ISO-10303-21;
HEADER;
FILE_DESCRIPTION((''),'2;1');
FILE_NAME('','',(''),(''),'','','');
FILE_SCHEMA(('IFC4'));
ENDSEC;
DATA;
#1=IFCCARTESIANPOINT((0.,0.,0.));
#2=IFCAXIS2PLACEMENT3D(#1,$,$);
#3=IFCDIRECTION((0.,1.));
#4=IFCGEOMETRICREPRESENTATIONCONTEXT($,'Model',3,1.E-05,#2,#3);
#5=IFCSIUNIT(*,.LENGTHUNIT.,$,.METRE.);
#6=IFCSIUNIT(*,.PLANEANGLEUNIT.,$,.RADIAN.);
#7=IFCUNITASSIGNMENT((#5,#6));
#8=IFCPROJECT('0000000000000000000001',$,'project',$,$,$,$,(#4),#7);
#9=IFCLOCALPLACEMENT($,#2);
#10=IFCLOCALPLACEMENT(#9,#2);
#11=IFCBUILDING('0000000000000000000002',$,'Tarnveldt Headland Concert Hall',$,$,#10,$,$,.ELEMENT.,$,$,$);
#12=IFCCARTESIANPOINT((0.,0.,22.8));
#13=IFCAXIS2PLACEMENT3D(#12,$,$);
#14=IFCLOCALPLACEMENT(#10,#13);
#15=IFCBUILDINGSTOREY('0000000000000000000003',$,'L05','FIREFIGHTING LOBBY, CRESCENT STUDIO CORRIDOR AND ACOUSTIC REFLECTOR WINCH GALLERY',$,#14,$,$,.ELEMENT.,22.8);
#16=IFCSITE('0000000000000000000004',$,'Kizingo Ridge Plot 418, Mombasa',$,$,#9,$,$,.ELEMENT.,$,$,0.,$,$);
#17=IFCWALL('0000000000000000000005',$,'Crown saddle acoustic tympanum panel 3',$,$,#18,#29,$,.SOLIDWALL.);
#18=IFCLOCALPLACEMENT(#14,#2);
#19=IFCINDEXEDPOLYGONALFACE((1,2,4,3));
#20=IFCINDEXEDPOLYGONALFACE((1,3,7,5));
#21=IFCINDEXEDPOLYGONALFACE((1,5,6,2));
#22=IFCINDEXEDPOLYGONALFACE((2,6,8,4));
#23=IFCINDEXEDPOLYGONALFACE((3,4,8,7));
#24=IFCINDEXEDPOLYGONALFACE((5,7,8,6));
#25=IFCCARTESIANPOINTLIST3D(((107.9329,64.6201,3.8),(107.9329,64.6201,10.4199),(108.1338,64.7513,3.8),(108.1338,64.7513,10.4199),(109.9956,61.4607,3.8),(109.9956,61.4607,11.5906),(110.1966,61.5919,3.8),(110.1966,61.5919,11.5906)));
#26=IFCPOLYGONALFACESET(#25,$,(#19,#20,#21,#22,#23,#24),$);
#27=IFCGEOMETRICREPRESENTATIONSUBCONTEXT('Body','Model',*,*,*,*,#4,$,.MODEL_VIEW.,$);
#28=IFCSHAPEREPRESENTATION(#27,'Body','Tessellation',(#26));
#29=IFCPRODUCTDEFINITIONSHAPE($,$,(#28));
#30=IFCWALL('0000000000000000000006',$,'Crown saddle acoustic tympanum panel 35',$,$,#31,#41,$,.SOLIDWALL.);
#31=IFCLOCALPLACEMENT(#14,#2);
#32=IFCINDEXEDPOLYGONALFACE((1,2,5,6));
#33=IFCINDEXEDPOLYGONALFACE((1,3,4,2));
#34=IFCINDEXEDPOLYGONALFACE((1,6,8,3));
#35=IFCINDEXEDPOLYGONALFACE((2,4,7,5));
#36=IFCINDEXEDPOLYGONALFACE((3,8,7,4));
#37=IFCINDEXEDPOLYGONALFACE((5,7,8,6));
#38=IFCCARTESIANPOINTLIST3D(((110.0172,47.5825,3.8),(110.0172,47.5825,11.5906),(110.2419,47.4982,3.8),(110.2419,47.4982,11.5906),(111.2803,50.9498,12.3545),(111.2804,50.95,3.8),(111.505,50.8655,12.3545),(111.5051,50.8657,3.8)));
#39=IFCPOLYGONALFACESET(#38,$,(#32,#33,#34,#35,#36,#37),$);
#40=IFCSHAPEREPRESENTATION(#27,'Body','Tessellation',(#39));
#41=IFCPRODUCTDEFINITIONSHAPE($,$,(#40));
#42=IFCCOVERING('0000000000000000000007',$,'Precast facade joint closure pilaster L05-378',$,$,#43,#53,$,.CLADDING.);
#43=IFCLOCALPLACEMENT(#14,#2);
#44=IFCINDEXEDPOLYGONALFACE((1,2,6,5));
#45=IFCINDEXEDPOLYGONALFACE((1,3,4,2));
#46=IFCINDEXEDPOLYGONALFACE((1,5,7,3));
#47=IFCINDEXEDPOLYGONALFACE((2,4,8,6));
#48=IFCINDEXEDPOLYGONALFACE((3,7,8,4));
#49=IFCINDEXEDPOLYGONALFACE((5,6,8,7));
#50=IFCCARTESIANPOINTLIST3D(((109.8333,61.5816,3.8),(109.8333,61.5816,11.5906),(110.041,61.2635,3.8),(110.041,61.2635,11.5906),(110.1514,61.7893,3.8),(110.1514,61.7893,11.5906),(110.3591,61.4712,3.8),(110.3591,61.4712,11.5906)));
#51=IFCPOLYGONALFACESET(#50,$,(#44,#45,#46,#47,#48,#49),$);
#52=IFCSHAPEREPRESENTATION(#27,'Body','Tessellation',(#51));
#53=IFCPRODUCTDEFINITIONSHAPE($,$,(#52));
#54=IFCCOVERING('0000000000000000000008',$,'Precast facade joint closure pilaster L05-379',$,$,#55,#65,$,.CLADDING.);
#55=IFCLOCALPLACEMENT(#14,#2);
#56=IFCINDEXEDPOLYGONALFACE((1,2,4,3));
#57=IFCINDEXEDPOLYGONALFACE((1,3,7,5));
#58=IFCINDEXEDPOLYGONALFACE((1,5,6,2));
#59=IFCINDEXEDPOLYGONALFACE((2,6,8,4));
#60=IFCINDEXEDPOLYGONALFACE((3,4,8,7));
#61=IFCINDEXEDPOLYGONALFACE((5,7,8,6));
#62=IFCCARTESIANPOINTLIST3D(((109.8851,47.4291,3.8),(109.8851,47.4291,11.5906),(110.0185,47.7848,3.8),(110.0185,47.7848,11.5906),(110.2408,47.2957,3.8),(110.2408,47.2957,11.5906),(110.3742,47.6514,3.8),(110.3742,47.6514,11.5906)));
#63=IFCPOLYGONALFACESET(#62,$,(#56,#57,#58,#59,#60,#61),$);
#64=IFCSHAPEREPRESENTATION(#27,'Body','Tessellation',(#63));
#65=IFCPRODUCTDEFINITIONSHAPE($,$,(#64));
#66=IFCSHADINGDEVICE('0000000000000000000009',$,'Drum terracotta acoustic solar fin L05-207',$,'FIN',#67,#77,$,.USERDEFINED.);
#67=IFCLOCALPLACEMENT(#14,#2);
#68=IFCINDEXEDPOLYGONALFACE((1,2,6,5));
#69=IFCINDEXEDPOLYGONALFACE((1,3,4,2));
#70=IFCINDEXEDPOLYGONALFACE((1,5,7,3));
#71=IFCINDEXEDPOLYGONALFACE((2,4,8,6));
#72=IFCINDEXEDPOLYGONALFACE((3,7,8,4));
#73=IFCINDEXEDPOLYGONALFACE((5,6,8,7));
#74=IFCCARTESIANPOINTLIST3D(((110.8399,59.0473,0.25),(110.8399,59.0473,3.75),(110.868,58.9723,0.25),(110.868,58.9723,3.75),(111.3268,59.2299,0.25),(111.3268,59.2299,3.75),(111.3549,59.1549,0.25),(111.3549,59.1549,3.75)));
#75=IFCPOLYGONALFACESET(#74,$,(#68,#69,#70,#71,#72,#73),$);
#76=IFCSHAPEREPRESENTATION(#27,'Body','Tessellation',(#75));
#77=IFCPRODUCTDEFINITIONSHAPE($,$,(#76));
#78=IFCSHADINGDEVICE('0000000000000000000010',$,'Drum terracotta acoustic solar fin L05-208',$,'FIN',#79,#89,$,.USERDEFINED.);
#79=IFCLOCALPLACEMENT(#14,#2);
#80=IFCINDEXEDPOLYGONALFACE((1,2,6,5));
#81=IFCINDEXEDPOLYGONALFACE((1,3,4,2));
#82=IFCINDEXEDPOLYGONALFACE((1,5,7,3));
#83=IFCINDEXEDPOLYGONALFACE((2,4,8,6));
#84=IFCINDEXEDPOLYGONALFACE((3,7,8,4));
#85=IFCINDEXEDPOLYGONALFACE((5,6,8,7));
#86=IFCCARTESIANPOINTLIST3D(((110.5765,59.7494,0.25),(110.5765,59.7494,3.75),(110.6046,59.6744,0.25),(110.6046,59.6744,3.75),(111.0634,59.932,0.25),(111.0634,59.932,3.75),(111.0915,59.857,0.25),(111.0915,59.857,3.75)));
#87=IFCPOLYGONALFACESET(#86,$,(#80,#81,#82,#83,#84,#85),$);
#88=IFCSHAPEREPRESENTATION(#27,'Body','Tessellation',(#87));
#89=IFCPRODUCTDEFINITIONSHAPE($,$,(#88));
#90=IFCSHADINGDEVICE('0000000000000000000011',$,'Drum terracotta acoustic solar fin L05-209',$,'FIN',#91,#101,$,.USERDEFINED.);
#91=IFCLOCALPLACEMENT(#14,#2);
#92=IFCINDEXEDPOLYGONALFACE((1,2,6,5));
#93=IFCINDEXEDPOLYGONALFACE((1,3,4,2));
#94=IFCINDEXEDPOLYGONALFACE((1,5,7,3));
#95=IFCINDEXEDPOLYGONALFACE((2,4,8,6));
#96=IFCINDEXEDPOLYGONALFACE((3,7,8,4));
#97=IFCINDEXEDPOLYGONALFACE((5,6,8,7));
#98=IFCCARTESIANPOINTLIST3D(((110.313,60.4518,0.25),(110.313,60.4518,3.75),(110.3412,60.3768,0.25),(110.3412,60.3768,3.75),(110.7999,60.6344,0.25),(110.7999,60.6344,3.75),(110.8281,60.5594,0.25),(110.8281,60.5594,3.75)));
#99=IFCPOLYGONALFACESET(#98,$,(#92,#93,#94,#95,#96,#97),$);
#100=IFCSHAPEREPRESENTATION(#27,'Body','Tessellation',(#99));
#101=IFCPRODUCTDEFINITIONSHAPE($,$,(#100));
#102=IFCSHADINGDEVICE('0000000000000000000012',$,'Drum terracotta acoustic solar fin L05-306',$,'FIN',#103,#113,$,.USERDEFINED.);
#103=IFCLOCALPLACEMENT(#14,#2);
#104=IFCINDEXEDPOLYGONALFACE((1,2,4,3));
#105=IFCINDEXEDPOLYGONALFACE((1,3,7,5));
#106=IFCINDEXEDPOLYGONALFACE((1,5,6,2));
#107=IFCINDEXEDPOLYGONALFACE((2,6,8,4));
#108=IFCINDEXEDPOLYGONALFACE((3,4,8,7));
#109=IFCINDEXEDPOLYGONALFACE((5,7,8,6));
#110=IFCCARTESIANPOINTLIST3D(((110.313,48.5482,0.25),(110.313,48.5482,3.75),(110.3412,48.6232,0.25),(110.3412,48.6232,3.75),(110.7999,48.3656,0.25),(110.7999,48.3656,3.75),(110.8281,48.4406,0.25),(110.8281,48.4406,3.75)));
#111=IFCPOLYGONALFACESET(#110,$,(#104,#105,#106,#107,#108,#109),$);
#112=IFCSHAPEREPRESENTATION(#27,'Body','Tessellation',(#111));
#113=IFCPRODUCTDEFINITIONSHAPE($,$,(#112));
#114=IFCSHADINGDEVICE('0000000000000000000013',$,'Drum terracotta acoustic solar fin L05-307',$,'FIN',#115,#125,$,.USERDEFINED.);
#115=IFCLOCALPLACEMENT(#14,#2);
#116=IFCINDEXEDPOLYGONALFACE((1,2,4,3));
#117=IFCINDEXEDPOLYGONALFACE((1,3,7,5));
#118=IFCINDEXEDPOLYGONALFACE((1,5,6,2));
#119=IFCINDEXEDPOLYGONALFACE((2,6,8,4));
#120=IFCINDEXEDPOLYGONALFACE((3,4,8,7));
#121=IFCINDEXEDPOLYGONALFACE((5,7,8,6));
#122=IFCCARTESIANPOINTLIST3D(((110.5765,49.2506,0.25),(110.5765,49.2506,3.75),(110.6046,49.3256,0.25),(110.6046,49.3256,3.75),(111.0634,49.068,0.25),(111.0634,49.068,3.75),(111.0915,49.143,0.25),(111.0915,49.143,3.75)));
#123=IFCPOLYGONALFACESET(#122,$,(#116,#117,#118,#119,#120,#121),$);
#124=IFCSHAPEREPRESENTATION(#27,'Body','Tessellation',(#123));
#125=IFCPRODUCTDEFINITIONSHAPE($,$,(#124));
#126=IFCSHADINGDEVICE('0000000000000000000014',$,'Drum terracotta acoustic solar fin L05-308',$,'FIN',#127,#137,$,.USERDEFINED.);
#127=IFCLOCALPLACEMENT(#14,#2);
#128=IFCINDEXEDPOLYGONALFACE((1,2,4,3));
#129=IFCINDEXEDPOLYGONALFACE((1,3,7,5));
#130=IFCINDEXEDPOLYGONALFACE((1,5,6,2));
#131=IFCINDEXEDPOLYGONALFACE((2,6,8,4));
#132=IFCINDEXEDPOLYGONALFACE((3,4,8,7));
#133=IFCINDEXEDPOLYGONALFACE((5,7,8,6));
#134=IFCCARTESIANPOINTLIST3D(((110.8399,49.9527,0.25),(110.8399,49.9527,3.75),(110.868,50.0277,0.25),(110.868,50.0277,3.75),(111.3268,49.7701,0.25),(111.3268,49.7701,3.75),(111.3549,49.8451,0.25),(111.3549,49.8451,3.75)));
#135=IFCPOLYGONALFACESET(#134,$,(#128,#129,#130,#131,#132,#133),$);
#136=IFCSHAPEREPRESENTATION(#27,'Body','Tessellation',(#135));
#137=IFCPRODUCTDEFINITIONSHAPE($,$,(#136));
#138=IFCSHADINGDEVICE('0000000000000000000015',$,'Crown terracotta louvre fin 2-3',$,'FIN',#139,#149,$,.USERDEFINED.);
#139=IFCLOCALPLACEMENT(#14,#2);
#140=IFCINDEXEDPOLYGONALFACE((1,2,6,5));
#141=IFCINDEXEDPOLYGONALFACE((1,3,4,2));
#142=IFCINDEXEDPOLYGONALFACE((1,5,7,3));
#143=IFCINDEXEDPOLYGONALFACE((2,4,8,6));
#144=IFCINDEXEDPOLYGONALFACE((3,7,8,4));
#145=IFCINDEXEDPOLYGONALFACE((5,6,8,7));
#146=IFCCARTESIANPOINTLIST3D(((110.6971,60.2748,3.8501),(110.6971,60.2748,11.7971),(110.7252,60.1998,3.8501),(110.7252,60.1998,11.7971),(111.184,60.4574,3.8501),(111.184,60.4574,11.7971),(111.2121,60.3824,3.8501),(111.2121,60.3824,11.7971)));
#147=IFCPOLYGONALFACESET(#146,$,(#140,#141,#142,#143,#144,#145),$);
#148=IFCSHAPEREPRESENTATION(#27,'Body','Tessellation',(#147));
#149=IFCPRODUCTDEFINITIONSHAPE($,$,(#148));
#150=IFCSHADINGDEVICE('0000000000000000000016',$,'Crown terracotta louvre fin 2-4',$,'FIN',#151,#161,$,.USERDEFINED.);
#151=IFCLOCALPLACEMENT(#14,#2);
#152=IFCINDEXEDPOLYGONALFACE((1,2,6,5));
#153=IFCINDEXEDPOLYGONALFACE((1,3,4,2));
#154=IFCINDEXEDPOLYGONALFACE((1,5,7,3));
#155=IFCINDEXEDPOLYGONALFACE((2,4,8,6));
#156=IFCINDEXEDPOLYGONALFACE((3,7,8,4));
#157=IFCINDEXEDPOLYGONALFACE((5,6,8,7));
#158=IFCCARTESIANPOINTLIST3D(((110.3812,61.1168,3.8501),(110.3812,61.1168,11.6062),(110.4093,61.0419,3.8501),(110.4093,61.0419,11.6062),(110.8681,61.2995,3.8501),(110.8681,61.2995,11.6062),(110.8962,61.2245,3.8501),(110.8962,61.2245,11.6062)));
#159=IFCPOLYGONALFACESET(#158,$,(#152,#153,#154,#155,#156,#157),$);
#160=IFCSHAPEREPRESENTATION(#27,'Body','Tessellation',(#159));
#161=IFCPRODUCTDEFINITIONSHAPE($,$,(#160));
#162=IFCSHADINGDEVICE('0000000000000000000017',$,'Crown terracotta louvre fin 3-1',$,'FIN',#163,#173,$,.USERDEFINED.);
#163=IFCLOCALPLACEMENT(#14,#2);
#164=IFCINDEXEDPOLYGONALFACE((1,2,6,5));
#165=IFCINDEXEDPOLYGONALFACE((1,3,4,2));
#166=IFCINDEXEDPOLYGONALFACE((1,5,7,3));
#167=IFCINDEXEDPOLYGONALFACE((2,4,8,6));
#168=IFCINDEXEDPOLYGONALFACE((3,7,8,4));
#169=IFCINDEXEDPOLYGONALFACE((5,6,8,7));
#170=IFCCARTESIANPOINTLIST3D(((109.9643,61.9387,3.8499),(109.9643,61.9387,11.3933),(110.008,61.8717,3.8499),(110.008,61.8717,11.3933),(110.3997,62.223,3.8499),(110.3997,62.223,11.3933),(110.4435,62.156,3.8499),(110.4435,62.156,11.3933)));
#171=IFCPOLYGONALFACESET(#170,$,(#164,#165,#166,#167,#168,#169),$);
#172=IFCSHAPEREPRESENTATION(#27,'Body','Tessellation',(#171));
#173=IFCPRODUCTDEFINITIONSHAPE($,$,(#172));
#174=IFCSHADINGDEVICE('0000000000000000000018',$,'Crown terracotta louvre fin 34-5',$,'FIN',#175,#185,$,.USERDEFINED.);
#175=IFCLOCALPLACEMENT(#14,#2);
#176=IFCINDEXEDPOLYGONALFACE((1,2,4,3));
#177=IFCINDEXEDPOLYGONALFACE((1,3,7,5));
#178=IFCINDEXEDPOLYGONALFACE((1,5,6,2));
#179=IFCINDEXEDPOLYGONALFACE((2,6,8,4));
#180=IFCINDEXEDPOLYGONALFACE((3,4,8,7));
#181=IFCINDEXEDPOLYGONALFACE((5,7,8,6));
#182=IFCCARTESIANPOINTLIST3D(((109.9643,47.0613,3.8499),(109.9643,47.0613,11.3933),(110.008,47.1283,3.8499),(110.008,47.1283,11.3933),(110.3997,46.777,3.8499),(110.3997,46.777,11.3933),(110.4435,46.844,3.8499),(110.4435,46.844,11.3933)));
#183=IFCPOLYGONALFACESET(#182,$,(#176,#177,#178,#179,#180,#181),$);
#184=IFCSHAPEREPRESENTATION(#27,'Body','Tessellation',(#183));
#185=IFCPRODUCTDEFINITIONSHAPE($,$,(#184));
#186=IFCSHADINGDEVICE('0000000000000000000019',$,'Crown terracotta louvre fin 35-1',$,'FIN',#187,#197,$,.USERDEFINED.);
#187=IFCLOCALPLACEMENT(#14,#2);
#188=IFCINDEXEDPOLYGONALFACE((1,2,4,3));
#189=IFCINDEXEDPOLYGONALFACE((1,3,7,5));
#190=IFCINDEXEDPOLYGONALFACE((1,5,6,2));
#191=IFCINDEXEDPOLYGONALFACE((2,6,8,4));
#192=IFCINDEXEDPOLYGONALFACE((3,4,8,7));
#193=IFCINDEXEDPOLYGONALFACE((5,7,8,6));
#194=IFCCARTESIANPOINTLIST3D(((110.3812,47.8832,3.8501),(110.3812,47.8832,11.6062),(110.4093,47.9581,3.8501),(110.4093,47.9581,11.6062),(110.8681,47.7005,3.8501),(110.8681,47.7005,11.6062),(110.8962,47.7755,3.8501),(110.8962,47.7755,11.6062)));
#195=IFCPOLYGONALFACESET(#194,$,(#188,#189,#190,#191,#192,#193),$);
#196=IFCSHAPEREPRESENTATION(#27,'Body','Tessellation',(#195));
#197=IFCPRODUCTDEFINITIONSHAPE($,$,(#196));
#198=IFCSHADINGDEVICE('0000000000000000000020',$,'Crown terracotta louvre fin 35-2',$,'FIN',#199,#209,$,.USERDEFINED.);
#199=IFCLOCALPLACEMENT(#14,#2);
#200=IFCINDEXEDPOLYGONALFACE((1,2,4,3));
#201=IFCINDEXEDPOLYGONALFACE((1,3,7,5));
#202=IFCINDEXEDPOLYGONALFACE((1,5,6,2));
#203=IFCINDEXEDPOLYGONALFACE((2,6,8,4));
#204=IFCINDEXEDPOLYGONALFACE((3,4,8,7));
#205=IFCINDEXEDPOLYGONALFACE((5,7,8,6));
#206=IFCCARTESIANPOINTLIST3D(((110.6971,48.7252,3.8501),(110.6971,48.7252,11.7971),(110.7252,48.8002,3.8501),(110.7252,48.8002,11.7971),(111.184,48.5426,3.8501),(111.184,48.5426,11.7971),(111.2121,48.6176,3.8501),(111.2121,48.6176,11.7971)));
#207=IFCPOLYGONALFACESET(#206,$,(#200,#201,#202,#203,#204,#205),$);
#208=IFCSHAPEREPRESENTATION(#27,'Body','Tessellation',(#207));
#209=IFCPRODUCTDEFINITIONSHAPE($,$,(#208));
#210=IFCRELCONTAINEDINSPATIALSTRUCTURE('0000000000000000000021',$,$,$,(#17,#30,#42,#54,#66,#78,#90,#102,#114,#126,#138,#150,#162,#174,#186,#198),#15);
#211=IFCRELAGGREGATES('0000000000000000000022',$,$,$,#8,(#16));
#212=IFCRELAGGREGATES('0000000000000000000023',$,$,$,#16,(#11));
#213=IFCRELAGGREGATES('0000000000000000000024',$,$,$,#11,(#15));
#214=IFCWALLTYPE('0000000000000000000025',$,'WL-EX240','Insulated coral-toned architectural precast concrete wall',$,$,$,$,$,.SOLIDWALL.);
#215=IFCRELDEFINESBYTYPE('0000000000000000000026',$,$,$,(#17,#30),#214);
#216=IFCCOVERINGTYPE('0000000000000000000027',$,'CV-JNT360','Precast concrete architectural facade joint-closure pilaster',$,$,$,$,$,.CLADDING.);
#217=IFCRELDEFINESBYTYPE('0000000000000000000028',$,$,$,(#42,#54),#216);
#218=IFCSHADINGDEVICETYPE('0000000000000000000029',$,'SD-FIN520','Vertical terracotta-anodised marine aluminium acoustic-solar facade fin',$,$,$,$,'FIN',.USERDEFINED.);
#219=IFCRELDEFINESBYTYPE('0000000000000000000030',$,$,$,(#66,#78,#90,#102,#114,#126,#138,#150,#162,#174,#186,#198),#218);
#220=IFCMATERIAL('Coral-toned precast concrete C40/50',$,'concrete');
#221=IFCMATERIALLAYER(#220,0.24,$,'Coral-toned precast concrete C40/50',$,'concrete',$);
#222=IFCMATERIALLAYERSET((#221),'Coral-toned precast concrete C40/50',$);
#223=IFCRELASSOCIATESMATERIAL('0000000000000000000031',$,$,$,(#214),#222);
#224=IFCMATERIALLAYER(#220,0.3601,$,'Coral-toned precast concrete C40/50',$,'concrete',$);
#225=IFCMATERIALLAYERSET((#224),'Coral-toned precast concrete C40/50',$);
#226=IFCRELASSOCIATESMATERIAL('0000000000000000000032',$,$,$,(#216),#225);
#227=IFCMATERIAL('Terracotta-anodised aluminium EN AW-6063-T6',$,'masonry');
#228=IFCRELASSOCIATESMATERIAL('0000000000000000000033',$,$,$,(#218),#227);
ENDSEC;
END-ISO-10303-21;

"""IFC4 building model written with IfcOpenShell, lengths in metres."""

from ifc_helpers import new_model, si_unit, direction, frame, origin, origin_2d, place, context, subcontext, project, spatial, polyline, rectangle, outline, extrude, material, layer, layer_set, type_object, element, save


model = new_model("IFC4")

# Units and contexts
model_context = context("Model", 3, precision=1e-05, world=origin(), true_north=direction((0.0, 1.0)))
body_context = subcontext(model_context, "Body", "Model", "MODEL_VIEW")
ifc_project = project(units=[si_unit("LENGTHUNIT", "METRE"), si_unit("PLANEANGLEUNIT", "RADIAN")], contexts=[model_context])

# Site, building, storey
site_placement = place(None, origin())
site = spatial("IfcSite", under=ifc_project, at=site_placement, Name="Kizingo Ridge Plot 418, Mombasa", CompositionType="ELEMENT", RefElevation=0.0)
building_placement = place(site_placement, origin())
building = spatial("IfcBuilding", under=site, at=building_placement, Name="Tarnveldt Headland Concert Hall", CompositionType="ELEMENT")
storey_placement = place(building_placement, frame((0.0, 0.0, 22.8)))
storey = spatial("IfcBuildingStorey", under=building, at=storey_placement, Name="L05", Description="FIREFIGHTING LOBBY, CRESCENT STUDIO CORRIDOR AND ACOUSTIC REFLECTOR WINCH GALLERY", CompositionType="ELEMENT", Elevation=22.8)

# Walls
ifc_material_1 = material(Name="Coral-toned precast concrete C40/50", Category="concrete")
ifc_layer_1 = layer(ifc_material_1, 0.24, Name="Coral-toned precast concrete C40/50", Category="concrete")
ifc_layer_set_1 = layer_set([ifc_layer_1], Name="Coral-toned precast concrete C40/50")
wall_type_1 = type_object("IfcWallType", Name="WL-EX240", Description="Insulated coral-toned architectural precast concrete wall", PredefinedType="SOLIDWALL", material=ifc_layer_set_1)
wall_1_placement = place(storey_placement, frame((110.0962, 61.5264, 3.8), z_axis=(0.0, 0.0, 1.0), x_axis=(-0.546686, 0.837338, 0.0)))
element("IfcWall", 1, at=wall_1_placement, inside=storey, type_object=wall_type_1, Name="Crown saddle acoustic tympanum panel 3", PredefinedType="SOLIDWALL", context=body_context, shape_type="SweptSolid", body=[
    extrude(outline(polyline([(0.0, 0.0), (3.7732, 0.0), (3.7732, 6.6199), (0.0, 7.7905), (0.0, 0.0)])), frame((0.0, 0.1201, 0.0), z_axis=(0.0, -1.0, 0.0), x_axis=(1.0, 0.0, 0.0)), (0.0, 0.0, 1.0), 0.24),
])
wall_2_placement = place(storey_placement, frame((110.1296, 47.5403, 3.8), z_axis=(0.0, 0.0, 1.0), x_axis=(0.35122, 0.936293, 0.0)))
element("IfcWall", 2, at=wall_2_placement, inside=storey, type_object=wall_type_1, Name="Crown saddle acoustic tympanum panel 35", PredefinedType="SOLIDWALL", context=body_context, shape_type="SweptSolid", body=[
    extrude(outline(polyline([(0.0, 0.0), (3.5967, 0.0), (3.5964, 8.5544), (0.0, 7.7905), (0.0, 0.0)])), frame((0.0, 0.1201, 0.0), z_axis=(0.0, -1.0, 0.0), x_axis=(1.0, 0.0, 0.0)), (0.0, 0.0, 1.0), 0.24),
])

# Coverings
ifc_layer_2 = layer(ifc_material_1, 0.3601, Name="Coral-toned precast concrete C40/50", Category="concrete")
ifc_layer_set_2 = layer_set([ifc_layer_2], Name="Coral-toned precast concrete C40/50")
covering_type = type_object("IfcCoveringType", Name="CV-JNT360", Description="Precast concrete architectural facade joint-closure pilaster", PredefinedType="CLADDING", material=ifc_layer_set_2)
for number, where, z_axis, x_axis, name in (
    (3, (110.0962, 61.5264, 3.8), (0.0, 0.0, 1.0), (0.837337, 0.546687, 0.0), "Precast facade joint closure pilaster L05-378"),
    (4, (110.1296, 47.5403, 3.8), (0.0, 0.0, 1.0), (0.936305, -0.351188, 0.0), "Precast facade joint closure pilaster L05-379"),
):
    element("IfcCovering", number, at=place(storey_placement, frame(where, z_axis=z_axis, x_axis=x_axis)), inside=storey, type_object=covering_type, Name=name, PredefinedType="CLADDING", context=body_context, shape_type="SweptSolid", body=[
        extrude(rectangle(XDim=0.3799, YDim=0.3799, at=origin_2d()), origin(), (0.0, 0.0, 1.0), 7.7905),
    ])

# Shading devices
ifc_material_2 = material(Name="Terracotta-anodised aluminium EN AW-6063-T6", Category="masonry")
shading_device_type = type_object("IfcShadingDeviceType", Name="SD-FIN520", Description="Vertical terracotta-anodised marine aluminium acoustic-solar facade fin", ElementType="FIN", PredefinedType="USERDEFINED", material=ifc_material_2)
for number, where, z_axis, x_axis, name in (
    (5, (111.0974, 59.1011, 0.25), (0.0, 0.0, 1.0), (0.936305, 0.351188, 0.0), "Drum terracotta acoustic solar fin L05-207"),
    (6, (110.834, 59.8032, 0.25), (0.0, 0.0, 1.0), (0.936305, 0.351188, 0.0), "Drum terracotta acoustic solar fin L05-208"),
    (7, (110.5706, 60.5056, 0.25), (0.0, 0.0, 1.0), (0.936305, 0.351188, 0.0), "Drum terracotta acoustic solar fin L05-209"),
    (8, (110.5706, 48.4944, 0.25), (0.0, 0.0, 1.0), (0.936305, -0.351188, 0.0), "Drum terracotta acoustic solar fin L05-306"),
    (9, (110.834, 49.1968, 0.25), (0.0, 0.0, 1.0), (0.936305, -0.351188, 0.0), "Drum terracotta acoustic solar fin L05-307"),
    (10, (111.0974, 49.8989, 0.25), (0.0, 0.0, 1.0), (0.936305, -0.351188, 0.0), "Drum terracotta acoustic solar fin L05-308"),
):
    element("IfcShadingDevice", number, at=place(storey_placement, frame(where, z_axis=z_axis, x_axis=x_axis)), inside=storey, type_object=shading_device_type, Name=name, ObjectType="FIN", PredefinedType="USERDEFINED", context=body_context, shape_type="SweptSolid", body=[
        extrude(rectangle(XDim=0.52, YDim=0.0801, at=origin_2d()), origin(), (0.0, 0.0, 1.0), 3.5),
    ])
shading_device_1_placement = place(storey_placement, frame((110.9546, 60.3286, 3.8501), z_axis=(0.0, 0.0, 1.0), x_axis=(0.936305, 0.351188, 0.0)))
element("IfcShadingDevice", 11, at=shading_device_1_placement, inside=storey, type_object=shading_device_type, Name="Crown terracotta louvre fin 2-3", ObjectType="FIN", PredefinedType="USERDEFINED", context=body_context, shape_type="SweptSolid", body=[
    extrude(rectangle(XDim=0.52, YDim=0.0801, at=origin_2d()), origin(), (0.0, 0.0, 1.0), 7.947),
])
shading_device_2_placement = place(storey_placement, frame((110.6387, 61.1707, 3.8501), z_axis=(0.0, 0.0, 1.0), x_axis=(0.936305, 0.351188, 0.0)))
element("IfcShadingDevice", 12, at=shading_device_2_placement, inside=storey, type_object=shading_device_type, Name="Crown terracotta louvre fin 2-4", ObjectType="FIN", PredefinedType="USERDEFINED", context=body_context, shape_type="SweptSolid", body=[
    extrude(rectangle(XDim=0.52, YDim=0.0801, at=origin_2d()), origin(), (0.0, 0.0, 1.0), 7.7561),
])
for number, where, z_axis, x_axis, name in (
    (13, (110.2039, 62.0474, 3.8499), (0.0, 0.0, 1.0), (0.837337, 0.546687, 0.0), "Crown terracotta louvre fin 3-1"),
    (14, (110.2039, 46.9526, 3.8499), (0.0, 0.0, 1.0), (0.837337, -0.546687, 0.0), "Crown terracotta louvre fin 34-5"),
):
    element("IfcShadingDevice", number, at=place(storey_placement, frame(where, z_axis=z_axis, x_axis=x_axis)), inside=storey, type_object=shading_device_type, Name=name, ObjectType="FIN", PredefinedType="USERDEFINED", context=body_context, shape_type="SweptSolid", body=[
        extrude(rectangle(XDim=0.52, YDim=0.0801, at=origin_2d()), origin(), (0.0, 0.0, 1.0), 7.5435),
    ])
shading_device_3_placement = place(storey_placement, frame((110.6387, 47.8293, 3.8501), z_axis=(0.0, 0.0, 1.0), x_axis=(0.936305, -0.351188, 0.0)))
element("IfcShadingDevice", 15, at=shading_device_3_placement, inside=storey, type_object=shading_device_type, Name="Crown terracotta louvre fin 35-1", ObjectType="FIN", PredefinedType="USERDEFINED", context=body_context, shape_type="SweptSolid", body=[
    extrude(rectangle(XDim=0.52, YDim=0.0801, at=origin_2d()), origin(), (0.0, 0.0, 1.0), 7.7561),
])
shading_device_4_placement = place(storey_placement, frame((110.9546, 48.6714, 3.8501), z_axis=(0.0, 0.0, 1.0), x_axis=(0.936305, -0.351188, 0.0)))
element("IfcShadingDevice", 16, at=shading_device_4_placement, inside=storey, type_object=shading_device_type, Name="Crown terracotta louvre fin 35-2", ObjectType="FIN", PredefinedType="USERDEFINED", context=body_context, shape_type="SweptSolid", body=[
    extrude(rectangle(XDim=0.52, YDim=0.0801, at=origin_2d()), origin(), (0.0, 0.0, 1.0), 7.947),
])

save(model, "model.ifc")
